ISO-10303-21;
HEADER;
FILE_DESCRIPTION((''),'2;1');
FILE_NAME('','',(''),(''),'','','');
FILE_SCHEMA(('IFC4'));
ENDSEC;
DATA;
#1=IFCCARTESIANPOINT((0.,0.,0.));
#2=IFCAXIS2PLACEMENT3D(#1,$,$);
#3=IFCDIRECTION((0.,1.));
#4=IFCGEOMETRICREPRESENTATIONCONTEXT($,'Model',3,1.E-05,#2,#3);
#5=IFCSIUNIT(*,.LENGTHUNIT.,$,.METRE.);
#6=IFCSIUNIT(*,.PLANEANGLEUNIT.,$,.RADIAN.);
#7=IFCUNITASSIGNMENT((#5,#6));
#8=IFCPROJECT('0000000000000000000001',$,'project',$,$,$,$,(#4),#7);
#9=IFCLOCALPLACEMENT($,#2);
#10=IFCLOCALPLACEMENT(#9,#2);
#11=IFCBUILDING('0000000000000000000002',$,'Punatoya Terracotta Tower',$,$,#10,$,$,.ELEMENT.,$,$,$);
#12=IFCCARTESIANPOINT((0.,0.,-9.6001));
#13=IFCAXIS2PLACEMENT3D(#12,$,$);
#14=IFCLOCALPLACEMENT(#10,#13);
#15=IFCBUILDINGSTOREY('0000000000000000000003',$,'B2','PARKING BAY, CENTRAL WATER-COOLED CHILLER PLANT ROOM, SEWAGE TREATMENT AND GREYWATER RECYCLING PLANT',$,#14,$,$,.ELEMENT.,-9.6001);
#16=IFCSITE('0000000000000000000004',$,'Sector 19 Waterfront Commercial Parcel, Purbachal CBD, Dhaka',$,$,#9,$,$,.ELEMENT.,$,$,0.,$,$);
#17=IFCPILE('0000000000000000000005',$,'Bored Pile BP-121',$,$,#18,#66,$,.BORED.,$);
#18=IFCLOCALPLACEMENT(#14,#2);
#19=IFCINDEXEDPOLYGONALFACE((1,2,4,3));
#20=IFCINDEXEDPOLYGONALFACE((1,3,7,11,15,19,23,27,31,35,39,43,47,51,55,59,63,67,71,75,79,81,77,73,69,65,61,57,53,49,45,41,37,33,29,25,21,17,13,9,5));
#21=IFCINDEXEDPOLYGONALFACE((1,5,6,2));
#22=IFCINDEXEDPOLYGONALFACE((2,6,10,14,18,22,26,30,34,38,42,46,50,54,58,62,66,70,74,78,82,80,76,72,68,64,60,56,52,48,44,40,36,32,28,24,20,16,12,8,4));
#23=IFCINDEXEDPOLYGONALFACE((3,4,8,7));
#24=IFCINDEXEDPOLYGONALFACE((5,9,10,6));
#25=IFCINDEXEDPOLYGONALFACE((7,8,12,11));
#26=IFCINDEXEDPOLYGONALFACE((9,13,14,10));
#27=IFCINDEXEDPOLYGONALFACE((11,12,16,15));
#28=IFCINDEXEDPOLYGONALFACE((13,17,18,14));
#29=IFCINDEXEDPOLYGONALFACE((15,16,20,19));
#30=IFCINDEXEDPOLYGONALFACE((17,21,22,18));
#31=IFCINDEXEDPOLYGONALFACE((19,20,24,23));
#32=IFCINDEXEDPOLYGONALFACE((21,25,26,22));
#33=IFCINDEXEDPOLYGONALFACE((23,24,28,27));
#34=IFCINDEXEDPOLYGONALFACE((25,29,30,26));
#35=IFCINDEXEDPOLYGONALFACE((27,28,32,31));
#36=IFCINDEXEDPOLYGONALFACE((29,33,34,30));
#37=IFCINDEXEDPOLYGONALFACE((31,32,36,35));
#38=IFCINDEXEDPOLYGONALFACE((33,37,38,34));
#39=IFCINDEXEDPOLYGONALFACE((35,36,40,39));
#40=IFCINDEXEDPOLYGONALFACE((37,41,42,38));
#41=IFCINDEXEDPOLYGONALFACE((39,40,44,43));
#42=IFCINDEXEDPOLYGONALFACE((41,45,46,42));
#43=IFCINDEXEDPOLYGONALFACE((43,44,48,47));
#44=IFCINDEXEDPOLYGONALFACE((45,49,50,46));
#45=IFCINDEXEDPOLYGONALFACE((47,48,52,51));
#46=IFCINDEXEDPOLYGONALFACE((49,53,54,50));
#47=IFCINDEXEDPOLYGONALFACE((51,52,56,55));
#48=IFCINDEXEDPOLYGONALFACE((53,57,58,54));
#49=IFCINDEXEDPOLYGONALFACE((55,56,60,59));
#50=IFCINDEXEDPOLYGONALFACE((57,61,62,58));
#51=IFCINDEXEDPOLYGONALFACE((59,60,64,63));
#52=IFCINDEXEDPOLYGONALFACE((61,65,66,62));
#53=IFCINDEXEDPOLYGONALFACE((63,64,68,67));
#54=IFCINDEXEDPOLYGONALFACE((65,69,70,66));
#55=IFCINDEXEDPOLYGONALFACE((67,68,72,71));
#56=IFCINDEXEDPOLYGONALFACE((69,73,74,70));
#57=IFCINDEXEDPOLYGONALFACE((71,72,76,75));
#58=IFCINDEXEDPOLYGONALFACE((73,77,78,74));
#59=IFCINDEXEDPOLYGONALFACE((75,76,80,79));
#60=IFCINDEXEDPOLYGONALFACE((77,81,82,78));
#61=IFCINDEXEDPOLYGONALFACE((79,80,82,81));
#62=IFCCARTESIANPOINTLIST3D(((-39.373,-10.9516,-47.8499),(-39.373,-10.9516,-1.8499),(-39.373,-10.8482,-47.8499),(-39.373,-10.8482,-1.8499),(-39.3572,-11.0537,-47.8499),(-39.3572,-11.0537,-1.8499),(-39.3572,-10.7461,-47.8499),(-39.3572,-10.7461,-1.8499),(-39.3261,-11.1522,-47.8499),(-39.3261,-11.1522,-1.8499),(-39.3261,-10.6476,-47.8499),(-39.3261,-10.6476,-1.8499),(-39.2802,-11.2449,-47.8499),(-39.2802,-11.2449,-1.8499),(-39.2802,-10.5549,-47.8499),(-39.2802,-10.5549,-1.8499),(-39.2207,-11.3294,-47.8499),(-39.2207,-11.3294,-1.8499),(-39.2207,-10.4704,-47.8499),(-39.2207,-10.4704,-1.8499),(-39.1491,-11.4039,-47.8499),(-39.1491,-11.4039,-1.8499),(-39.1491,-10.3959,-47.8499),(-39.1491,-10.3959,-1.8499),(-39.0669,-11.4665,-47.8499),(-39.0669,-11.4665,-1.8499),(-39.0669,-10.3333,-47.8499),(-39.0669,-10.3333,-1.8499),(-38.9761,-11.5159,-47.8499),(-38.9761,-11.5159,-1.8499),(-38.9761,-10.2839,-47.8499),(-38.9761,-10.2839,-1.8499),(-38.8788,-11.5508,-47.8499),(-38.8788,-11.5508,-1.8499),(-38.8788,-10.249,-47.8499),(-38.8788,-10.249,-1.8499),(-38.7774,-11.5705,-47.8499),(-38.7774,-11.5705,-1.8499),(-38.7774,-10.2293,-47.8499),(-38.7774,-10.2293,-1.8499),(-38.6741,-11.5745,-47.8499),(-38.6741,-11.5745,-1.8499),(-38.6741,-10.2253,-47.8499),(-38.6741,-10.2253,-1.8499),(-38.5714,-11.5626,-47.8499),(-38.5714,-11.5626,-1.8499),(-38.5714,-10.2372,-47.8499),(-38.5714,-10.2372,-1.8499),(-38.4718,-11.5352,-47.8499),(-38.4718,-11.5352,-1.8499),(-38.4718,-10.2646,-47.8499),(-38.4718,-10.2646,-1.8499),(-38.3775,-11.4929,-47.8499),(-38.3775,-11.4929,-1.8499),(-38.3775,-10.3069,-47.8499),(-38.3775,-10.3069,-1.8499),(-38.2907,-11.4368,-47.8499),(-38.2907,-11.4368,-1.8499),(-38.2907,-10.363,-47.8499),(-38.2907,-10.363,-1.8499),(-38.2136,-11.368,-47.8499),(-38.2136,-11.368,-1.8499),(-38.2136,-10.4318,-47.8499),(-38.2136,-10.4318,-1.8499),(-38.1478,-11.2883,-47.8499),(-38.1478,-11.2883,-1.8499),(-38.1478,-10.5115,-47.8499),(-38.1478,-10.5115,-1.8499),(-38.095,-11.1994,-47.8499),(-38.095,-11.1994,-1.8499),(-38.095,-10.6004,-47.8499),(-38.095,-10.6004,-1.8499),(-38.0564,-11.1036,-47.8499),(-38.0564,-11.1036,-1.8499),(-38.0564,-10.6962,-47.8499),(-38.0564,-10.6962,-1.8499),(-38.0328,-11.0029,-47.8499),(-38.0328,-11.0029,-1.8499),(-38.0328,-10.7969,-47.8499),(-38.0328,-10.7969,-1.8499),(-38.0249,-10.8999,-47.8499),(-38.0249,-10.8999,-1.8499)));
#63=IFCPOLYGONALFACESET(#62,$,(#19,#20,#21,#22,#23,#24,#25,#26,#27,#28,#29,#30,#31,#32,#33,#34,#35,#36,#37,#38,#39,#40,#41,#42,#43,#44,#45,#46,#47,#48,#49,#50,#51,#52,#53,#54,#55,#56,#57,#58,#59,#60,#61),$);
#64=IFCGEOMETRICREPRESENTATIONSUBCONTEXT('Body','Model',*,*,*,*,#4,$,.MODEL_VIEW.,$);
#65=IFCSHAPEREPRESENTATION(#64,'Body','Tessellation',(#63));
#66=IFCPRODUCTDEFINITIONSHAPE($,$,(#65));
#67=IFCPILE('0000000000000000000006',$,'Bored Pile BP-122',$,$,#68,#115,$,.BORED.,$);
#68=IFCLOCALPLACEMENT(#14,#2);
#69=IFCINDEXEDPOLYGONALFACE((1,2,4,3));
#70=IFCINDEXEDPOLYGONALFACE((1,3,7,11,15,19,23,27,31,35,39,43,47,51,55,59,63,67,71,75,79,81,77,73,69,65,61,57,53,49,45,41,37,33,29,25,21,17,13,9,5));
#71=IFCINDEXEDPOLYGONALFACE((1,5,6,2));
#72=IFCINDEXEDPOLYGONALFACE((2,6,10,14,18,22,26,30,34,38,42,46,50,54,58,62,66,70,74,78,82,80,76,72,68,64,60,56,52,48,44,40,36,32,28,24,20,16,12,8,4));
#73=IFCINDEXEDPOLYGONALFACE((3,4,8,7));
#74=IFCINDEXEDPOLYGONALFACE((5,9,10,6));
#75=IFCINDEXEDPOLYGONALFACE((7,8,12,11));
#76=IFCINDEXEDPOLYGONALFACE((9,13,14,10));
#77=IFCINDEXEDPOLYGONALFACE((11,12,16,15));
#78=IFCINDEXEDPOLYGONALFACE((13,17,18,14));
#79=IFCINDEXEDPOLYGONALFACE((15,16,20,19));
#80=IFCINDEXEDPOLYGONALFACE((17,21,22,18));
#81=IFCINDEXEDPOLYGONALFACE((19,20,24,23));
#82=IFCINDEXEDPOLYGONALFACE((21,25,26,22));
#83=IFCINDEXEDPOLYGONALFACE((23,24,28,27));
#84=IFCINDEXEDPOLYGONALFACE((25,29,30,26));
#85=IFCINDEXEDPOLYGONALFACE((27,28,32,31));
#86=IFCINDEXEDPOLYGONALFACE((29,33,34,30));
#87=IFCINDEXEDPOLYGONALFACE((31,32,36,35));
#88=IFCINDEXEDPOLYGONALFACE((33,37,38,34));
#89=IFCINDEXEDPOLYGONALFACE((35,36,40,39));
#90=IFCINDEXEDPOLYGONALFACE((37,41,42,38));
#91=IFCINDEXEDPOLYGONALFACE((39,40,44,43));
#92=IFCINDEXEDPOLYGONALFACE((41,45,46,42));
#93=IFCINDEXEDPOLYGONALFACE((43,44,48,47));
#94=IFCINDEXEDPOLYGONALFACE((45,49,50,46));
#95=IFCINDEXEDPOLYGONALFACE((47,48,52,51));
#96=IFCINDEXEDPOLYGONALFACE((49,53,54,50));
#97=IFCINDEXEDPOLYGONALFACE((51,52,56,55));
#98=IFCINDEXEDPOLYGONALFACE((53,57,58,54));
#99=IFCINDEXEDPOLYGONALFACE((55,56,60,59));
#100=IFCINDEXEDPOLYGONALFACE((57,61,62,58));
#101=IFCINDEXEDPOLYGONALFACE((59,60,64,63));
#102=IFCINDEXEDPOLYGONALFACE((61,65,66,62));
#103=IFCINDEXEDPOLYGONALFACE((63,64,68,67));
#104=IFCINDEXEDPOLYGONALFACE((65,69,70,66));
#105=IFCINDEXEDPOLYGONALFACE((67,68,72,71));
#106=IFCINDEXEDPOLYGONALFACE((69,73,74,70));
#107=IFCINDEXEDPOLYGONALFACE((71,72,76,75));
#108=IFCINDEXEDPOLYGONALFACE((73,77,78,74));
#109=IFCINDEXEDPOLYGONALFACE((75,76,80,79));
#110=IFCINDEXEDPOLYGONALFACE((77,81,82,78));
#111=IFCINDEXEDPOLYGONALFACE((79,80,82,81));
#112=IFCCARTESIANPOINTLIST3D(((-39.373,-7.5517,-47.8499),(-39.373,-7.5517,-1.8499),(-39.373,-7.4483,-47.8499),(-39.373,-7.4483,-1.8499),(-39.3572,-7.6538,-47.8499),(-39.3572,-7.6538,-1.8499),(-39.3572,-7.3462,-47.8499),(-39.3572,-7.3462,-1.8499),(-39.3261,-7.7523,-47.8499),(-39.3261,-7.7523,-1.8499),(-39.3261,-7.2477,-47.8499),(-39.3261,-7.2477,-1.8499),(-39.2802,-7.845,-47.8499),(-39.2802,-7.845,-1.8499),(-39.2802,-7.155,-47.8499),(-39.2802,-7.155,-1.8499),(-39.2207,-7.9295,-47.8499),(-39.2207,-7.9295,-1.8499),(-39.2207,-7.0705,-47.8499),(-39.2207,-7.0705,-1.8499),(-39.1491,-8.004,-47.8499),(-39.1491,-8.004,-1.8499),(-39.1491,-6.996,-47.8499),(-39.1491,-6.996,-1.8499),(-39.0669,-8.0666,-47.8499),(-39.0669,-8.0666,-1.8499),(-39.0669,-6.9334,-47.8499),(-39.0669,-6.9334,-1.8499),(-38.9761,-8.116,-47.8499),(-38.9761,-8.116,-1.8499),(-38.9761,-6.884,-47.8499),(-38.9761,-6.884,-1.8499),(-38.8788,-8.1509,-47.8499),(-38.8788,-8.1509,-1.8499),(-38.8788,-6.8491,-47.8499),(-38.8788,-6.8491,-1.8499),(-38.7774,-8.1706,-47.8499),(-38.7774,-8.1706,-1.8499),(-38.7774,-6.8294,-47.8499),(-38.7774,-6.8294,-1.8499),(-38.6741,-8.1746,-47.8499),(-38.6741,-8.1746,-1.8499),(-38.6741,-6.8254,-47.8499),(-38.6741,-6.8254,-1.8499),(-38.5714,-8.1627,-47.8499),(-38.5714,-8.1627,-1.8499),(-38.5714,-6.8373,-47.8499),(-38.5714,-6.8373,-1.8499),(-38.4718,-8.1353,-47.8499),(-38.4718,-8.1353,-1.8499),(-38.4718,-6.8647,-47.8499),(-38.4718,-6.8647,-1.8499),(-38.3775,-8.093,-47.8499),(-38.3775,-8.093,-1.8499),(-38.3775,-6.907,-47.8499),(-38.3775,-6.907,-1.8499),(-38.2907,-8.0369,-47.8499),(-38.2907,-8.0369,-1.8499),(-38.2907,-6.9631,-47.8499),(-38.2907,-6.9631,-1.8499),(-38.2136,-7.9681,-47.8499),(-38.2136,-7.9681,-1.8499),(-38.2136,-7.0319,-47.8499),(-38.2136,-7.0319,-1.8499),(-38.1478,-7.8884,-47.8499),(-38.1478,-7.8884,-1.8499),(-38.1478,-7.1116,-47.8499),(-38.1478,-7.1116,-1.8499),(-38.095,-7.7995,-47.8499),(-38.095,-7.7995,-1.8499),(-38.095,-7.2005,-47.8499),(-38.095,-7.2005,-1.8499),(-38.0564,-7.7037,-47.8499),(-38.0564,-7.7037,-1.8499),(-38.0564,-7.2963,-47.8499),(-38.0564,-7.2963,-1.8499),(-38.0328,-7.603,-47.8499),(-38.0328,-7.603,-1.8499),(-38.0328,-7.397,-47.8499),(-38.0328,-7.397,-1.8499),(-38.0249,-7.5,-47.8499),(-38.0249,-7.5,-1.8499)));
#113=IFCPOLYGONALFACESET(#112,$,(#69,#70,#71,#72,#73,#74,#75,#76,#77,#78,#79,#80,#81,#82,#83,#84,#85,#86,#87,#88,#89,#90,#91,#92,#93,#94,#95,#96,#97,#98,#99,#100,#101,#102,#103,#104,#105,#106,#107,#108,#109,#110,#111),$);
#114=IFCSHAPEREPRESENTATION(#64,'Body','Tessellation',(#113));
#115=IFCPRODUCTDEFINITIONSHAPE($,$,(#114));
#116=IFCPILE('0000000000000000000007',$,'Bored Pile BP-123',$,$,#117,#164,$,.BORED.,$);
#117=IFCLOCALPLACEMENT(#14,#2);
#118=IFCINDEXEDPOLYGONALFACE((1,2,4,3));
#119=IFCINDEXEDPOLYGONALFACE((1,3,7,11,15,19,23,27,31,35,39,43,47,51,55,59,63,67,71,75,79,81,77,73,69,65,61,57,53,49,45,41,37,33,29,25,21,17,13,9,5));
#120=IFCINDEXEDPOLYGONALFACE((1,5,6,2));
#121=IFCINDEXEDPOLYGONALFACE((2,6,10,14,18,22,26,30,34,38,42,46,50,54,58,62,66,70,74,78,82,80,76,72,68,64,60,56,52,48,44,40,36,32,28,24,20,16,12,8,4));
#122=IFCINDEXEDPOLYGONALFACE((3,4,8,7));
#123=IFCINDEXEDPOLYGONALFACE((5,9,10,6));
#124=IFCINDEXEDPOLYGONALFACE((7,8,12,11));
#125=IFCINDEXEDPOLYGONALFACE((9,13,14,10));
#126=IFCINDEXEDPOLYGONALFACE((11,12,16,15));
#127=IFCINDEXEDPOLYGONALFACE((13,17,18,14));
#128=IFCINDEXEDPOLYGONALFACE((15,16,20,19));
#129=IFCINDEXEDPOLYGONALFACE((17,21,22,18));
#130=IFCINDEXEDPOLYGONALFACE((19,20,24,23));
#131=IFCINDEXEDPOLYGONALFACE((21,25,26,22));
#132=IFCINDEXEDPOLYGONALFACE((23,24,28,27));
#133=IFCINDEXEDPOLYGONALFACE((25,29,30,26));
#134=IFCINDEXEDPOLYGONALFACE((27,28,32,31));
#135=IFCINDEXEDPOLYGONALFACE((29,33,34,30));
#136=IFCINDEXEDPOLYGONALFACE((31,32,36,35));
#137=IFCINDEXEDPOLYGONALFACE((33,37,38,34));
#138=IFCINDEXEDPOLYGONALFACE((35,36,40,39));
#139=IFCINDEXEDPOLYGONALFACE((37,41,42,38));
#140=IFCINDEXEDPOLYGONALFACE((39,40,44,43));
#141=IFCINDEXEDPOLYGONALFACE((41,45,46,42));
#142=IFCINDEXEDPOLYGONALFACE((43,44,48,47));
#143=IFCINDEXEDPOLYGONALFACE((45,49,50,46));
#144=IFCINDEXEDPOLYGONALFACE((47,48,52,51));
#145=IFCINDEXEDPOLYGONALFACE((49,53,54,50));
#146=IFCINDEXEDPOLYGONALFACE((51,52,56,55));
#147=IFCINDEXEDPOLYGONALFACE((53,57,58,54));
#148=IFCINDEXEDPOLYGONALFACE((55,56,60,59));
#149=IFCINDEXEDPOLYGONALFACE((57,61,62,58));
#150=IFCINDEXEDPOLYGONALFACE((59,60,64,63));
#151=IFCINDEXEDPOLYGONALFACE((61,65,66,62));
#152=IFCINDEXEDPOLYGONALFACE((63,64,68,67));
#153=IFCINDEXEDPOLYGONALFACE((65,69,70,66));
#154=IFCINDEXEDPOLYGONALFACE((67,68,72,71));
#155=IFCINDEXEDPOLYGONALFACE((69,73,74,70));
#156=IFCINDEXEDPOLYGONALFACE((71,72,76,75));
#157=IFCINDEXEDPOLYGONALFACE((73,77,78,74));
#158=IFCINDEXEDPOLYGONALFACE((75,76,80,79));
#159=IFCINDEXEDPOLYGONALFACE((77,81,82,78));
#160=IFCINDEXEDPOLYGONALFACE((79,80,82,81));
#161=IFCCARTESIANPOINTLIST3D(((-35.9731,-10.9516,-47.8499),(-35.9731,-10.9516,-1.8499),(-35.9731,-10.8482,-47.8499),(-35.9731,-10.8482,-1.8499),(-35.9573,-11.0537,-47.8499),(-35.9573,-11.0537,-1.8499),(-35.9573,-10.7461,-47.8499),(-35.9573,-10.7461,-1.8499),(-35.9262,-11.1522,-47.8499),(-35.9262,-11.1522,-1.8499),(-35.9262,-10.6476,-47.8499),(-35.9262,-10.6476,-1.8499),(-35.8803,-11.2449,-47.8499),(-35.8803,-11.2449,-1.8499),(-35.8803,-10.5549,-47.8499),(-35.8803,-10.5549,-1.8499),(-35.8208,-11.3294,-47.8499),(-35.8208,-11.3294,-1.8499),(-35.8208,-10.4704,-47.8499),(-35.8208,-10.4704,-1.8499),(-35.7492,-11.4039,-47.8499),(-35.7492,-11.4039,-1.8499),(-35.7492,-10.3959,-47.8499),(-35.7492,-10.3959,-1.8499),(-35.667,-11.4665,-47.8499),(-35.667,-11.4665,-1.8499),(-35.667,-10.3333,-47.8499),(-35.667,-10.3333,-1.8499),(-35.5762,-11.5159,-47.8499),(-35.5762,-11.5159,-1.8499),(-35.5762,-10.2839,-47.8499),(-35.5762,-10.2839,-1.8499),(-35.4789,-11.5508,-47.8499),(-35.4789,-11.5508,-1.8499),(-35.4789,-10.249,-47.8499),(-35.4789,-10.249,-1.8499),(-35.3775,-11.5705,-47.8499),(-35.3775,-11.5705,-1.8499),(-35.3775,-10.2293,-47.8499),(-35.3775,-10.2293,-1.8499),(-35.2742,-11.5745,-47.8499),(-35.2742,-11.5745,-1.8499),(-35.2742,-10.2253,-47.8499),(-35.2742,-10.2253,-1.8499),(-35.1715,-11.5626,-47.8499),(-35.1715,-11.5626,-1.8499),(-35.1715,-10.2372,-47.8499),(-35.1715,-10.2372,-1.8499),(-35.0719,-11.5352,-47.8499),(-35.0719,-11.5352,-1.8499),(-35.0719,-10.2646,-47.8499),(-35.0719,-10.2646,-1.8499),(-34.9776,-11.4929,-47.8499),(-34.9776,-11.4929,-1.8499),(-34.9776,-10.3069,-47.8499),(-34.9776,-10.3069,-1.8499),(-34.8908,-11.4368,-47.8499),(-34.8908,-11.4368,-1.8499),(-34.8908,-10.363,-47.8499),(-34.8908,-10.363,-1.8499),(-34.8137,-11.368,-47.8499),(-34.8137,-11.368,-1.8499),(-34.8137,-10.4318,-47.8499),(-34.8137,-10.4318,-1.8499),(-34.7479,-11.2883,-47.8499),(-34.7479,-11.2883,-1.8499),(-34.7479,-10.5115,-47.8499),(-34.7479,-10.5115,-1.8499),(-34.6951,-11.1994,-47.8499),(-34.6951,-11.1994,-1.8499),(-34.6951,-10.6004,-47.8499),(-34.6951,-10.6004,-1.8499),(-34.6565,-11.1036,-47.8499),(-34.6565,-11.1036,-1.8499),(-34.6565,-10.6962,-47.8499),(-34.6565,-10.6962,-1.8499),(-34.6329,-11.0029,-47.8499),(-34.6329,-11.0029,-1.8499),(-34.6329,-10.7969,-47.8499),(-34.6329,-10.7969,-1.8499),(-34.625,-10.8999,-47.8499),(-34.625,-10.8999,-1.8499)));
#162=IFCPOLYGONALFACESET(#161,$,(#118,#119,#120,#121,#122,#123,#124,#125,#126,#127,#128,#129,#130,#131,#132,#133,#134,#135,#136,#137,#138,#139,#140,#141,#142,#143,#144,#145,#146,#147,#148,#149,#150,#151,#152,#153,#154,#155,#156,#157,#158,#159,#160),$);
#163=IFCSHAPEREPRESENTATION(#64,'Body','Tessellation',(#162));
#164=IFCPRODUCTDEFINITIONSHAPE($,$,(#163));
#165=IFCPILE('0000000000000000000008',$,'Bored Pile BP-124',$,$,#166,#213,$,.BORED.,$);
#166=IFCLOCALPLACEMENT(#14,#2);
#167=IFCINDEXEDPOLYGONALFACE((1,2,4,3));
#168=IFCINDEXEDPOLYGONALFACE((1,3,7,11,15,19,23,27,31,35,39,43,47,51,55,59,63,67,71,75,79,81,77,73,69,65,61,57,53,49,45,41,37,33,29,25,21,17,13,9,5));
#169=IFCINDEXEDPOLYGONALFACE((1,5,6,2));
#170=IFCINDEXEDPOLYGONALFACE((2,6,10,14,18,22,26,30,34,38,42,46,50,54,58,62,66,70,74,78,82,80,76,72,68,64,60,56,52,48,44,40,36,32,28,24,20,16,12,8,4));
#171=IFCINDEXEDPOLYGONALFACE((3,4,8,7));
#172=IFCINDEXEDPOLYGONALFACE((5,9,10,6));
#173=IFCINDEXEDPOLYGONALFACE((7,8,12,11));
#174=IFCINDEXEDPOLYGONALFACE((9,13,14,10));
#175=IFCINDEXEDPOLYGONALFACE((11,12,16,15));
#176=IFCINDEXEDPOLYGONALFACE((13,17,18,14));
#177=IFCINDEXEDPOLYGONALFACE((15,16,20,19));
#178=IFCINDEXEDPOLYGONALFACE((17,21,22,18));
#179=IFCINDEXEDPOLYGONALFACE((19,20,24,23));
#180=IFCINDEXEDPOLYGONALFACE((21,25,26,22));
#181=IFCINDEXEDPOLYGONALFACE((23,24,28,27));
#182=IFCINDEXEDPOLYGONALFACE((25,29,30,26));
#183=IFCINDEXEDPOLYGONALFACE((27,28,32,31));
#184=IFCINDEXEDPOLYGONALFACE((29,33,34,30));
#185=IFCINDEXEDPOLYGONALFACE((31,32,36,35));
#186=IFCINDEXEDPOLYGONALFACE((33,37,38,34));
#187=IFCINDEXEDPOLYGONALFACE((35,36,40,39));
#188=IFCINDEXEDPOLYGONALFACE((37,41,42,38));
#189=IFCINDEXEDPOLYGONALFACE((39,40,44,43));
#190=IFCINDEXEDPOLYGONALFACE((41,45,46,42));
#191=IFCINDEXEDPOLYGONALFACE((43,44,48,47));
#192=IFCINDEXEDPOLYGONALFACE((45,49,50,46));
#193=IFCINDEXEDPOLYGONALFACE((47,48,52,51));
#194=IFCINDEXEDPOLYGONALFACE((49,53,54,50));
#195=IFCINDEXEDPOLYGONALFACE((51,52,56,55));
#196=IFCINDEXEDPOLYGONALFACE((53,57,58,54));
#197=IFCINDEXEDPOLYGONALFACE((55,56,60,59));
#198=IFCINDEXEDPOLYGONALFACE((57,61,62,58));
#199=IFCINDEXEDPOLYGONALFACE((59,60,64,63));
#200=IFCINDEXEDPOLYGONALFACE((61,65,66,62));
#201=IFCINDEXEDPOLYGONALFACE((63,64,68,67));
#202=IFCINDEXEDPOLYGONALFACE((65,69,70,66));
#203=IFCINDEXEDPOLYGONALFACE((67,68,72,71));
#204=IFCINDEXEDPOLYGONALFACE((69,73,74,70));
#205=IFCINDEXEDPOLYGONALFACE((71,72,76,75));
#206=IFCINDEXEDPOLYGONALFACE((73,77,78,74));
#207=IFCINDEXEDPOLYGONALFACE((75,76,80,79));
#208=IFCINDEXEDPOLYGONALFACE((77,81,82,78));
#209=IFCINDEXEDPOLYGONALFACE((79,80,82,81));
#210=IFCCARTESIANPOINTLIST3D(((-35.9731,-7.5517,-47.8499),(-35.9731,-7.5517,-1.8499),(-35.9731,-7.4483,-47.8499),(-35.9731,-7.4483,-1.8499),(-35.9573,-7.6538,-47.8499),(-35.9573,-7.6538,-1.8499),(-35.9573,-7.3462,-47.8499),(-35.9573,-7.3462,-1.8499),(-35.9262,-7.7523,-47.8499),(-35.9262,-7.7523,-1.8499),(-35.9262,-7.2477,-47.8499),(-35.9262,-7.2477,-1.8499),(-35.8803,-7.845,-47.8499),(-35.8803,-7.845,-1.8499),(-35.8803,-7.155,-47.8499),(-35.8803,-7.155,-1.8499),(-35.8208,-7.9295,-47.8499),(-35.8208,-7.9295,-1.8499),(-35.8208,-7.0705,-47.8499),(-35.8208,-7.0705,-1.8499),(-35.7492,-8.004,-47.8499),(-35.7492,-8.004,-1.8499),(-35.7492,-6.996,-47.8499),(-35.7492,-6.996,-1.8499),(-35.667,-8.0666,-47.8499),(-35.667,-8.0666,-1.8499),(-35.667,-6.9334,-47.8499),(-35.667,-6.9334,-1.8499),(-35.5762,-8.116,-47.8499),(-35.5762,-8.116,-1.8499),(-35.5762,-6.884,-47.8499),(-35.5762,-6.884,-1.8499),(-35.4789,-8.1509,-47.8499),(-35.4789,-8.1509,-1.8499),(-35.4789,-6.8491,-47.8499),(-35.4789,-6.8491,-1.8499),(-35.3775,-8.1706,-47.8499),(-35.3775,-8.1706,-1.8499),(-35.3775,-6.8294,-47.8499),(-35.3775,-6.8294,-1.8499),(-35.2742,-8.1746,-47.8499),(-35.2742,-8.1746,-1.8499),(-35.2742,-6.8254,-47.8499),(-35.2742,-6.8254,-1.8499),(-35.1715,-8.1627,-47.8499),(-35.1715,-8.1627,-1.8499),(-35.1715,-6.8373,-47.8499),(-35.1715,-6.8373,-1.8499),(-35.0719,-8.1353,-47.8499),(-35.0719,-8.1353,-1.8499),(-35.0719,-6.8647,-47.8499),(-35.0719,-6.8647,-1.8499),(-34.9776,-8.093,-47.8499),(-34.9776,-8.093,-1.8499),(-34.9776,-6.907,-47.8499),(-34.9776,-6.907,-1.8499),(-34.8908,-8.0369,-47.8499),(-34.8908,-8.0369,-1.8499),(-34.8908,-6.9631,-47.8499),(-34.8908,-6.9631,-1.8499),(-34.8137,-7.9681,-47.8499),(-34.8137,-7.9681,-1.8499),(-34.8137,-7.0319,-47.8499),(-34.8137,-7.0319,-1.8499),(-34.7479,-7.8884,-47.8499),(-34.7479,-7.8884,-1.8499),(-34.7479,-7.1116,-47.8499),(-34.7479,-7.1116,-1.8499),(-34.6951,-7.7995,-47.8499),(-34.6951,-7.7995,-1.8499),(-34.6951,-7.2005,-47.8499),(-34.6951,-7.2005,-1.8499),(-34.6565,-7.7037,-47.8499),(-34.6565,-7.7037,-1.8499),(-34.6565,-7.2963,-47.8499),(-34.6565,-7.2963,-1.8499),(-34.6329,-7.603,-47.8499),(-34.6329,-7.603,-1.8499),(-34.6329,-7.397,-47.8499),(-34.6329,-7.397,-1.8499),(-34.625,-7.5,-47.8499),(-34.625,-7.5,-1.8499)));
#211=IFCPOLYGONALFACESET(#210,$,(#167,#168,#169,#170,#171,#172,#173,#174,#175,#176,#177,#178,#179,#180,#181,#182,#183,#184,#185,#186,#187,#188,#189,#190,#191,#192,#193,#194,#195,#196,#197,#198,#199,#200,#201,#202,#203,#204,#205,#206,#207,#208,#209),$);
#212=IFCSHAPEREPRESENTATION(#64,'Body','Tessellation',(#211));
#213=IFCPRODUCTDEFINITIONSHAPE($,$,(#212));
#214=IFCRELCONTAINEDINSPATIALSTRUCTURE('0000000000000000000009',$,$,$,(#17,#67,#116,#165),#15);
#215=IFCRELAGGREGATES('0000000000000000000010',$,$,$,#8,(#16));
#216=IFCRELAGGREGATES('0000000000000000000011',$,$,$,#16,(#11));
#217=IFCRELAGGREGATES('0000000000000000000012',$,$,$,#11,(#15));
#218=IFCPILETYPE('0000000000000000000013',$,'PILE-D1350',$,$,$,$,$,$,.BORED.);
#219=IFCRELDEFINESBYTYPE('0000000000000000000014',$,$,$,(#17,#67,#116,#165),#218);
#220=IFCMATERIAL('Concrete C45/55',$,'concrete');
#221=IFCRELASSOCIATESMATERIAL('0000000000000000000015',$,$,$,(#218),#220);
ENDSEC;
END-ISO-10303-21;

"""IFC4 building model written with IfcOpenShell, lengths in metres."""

from ifc_helpers import new_model, si_unit, direction, frame, origin, origin_2d, place, context, subcontext, project, spatial, circle, extrude, material, material_profile, profile_set, type_object, element, save


model = new_model("IFC4")

# Units and contexts
model_context = context("Model", 3, precision=1e-05, world=origin(), true_north=direction((0.0, 1.0)))
body_context = subcontext(model_context, "Body", "Model", "MODEL_VIEW")
ifc_project = project(units=[si_unit("LENGTHUNIT", "METRE"), si_unit("PLANEANGLEUNIT", "RADIAN")], contexts=[model_context])

# Site, building, storey
site_placement = place(None, origin())
site = spatial("IfcSite", under=ifc_project, at=site_placement, Name="Sector 19 Waterfront Commercial Parcel, Purbachal CBD, Dhaka", CompositionType="ELEMENT", RefElevation=0.0)
building_placement = place(site_placement, origin())
building = spatial("IfcBuilding", under=site, at=building_placement, Name="Punatoya Terracotta Tower", CompositionType="ELEMENT")
storey_placement = place(building_placement, frame((0.0, 0.0, -9.6001)))
storey = spatial("IfcBuildingStorey", under=building, at=storey_placement, Name="B2", Description="PARKING BAY, CENTRAL WATER-COOLED CHILLER PLANT ROOM, SEWAGE TREATMENT AND GREYWATER RECYCLING PLANT", CompositionType="ELEMENT", Elevation=-9.6001)

# Shared definitions
ifc_material_1 = material(Name="Concrete C45/55", Category="concrete")

# Piles
ifc_material_profile_1 = material_profile(ifc_material_1, circle(Radius=0.675, at=origin_2d()))
ifc_profile_set_1 = profile_set([ifc_material_profile_1], Name="Concrete C45/55")
pile_type_1 = type_object("IfcPileType", Name="PILE-D1350", PredefinedType="BORED", material=ifc_profile_set_1)
for number, where, z_axis, x_axis, name in (
    (1, (-38.7, -10.8999, -1.8499), (0.0, 0.0, -1.0), (1.0, 0.0, 0.0), "Bored Pile BP-121"),
    (2, (-38.7, -7.5, -1.8499), (0.0, 0.0, -1.0), (1.0, 0.0, 0.0), "Bored Pile BP-122"),
    (3, (-35.3, -10.8999, -1.8499), (0.0, 0.0, -1.0), (1.0, 0.0, 0.0), "Bored Pile BP-123"),
    (4, (-35.3, -7.5, -1.8499), (0.0, 0.0, -1.0), (1.0, 0.0, 0.0), "Bored Pile BP-124"),
):
    element("IfcPile", number, at=place(storey_placement, frame(where, z_axis=z_axis, x_axis=x_axis)), inside=storey, type_object=pile_type_1, Name=name, PredefinedType="BORED", context=body_context, shape_type="SweptSolid", body=[
        extrude(circle(Radius=0.675, at=origin_2d()), origin(), (0.0, 0.0, 1.0), 46.0),
    ])

save(model, "model.ifc")
